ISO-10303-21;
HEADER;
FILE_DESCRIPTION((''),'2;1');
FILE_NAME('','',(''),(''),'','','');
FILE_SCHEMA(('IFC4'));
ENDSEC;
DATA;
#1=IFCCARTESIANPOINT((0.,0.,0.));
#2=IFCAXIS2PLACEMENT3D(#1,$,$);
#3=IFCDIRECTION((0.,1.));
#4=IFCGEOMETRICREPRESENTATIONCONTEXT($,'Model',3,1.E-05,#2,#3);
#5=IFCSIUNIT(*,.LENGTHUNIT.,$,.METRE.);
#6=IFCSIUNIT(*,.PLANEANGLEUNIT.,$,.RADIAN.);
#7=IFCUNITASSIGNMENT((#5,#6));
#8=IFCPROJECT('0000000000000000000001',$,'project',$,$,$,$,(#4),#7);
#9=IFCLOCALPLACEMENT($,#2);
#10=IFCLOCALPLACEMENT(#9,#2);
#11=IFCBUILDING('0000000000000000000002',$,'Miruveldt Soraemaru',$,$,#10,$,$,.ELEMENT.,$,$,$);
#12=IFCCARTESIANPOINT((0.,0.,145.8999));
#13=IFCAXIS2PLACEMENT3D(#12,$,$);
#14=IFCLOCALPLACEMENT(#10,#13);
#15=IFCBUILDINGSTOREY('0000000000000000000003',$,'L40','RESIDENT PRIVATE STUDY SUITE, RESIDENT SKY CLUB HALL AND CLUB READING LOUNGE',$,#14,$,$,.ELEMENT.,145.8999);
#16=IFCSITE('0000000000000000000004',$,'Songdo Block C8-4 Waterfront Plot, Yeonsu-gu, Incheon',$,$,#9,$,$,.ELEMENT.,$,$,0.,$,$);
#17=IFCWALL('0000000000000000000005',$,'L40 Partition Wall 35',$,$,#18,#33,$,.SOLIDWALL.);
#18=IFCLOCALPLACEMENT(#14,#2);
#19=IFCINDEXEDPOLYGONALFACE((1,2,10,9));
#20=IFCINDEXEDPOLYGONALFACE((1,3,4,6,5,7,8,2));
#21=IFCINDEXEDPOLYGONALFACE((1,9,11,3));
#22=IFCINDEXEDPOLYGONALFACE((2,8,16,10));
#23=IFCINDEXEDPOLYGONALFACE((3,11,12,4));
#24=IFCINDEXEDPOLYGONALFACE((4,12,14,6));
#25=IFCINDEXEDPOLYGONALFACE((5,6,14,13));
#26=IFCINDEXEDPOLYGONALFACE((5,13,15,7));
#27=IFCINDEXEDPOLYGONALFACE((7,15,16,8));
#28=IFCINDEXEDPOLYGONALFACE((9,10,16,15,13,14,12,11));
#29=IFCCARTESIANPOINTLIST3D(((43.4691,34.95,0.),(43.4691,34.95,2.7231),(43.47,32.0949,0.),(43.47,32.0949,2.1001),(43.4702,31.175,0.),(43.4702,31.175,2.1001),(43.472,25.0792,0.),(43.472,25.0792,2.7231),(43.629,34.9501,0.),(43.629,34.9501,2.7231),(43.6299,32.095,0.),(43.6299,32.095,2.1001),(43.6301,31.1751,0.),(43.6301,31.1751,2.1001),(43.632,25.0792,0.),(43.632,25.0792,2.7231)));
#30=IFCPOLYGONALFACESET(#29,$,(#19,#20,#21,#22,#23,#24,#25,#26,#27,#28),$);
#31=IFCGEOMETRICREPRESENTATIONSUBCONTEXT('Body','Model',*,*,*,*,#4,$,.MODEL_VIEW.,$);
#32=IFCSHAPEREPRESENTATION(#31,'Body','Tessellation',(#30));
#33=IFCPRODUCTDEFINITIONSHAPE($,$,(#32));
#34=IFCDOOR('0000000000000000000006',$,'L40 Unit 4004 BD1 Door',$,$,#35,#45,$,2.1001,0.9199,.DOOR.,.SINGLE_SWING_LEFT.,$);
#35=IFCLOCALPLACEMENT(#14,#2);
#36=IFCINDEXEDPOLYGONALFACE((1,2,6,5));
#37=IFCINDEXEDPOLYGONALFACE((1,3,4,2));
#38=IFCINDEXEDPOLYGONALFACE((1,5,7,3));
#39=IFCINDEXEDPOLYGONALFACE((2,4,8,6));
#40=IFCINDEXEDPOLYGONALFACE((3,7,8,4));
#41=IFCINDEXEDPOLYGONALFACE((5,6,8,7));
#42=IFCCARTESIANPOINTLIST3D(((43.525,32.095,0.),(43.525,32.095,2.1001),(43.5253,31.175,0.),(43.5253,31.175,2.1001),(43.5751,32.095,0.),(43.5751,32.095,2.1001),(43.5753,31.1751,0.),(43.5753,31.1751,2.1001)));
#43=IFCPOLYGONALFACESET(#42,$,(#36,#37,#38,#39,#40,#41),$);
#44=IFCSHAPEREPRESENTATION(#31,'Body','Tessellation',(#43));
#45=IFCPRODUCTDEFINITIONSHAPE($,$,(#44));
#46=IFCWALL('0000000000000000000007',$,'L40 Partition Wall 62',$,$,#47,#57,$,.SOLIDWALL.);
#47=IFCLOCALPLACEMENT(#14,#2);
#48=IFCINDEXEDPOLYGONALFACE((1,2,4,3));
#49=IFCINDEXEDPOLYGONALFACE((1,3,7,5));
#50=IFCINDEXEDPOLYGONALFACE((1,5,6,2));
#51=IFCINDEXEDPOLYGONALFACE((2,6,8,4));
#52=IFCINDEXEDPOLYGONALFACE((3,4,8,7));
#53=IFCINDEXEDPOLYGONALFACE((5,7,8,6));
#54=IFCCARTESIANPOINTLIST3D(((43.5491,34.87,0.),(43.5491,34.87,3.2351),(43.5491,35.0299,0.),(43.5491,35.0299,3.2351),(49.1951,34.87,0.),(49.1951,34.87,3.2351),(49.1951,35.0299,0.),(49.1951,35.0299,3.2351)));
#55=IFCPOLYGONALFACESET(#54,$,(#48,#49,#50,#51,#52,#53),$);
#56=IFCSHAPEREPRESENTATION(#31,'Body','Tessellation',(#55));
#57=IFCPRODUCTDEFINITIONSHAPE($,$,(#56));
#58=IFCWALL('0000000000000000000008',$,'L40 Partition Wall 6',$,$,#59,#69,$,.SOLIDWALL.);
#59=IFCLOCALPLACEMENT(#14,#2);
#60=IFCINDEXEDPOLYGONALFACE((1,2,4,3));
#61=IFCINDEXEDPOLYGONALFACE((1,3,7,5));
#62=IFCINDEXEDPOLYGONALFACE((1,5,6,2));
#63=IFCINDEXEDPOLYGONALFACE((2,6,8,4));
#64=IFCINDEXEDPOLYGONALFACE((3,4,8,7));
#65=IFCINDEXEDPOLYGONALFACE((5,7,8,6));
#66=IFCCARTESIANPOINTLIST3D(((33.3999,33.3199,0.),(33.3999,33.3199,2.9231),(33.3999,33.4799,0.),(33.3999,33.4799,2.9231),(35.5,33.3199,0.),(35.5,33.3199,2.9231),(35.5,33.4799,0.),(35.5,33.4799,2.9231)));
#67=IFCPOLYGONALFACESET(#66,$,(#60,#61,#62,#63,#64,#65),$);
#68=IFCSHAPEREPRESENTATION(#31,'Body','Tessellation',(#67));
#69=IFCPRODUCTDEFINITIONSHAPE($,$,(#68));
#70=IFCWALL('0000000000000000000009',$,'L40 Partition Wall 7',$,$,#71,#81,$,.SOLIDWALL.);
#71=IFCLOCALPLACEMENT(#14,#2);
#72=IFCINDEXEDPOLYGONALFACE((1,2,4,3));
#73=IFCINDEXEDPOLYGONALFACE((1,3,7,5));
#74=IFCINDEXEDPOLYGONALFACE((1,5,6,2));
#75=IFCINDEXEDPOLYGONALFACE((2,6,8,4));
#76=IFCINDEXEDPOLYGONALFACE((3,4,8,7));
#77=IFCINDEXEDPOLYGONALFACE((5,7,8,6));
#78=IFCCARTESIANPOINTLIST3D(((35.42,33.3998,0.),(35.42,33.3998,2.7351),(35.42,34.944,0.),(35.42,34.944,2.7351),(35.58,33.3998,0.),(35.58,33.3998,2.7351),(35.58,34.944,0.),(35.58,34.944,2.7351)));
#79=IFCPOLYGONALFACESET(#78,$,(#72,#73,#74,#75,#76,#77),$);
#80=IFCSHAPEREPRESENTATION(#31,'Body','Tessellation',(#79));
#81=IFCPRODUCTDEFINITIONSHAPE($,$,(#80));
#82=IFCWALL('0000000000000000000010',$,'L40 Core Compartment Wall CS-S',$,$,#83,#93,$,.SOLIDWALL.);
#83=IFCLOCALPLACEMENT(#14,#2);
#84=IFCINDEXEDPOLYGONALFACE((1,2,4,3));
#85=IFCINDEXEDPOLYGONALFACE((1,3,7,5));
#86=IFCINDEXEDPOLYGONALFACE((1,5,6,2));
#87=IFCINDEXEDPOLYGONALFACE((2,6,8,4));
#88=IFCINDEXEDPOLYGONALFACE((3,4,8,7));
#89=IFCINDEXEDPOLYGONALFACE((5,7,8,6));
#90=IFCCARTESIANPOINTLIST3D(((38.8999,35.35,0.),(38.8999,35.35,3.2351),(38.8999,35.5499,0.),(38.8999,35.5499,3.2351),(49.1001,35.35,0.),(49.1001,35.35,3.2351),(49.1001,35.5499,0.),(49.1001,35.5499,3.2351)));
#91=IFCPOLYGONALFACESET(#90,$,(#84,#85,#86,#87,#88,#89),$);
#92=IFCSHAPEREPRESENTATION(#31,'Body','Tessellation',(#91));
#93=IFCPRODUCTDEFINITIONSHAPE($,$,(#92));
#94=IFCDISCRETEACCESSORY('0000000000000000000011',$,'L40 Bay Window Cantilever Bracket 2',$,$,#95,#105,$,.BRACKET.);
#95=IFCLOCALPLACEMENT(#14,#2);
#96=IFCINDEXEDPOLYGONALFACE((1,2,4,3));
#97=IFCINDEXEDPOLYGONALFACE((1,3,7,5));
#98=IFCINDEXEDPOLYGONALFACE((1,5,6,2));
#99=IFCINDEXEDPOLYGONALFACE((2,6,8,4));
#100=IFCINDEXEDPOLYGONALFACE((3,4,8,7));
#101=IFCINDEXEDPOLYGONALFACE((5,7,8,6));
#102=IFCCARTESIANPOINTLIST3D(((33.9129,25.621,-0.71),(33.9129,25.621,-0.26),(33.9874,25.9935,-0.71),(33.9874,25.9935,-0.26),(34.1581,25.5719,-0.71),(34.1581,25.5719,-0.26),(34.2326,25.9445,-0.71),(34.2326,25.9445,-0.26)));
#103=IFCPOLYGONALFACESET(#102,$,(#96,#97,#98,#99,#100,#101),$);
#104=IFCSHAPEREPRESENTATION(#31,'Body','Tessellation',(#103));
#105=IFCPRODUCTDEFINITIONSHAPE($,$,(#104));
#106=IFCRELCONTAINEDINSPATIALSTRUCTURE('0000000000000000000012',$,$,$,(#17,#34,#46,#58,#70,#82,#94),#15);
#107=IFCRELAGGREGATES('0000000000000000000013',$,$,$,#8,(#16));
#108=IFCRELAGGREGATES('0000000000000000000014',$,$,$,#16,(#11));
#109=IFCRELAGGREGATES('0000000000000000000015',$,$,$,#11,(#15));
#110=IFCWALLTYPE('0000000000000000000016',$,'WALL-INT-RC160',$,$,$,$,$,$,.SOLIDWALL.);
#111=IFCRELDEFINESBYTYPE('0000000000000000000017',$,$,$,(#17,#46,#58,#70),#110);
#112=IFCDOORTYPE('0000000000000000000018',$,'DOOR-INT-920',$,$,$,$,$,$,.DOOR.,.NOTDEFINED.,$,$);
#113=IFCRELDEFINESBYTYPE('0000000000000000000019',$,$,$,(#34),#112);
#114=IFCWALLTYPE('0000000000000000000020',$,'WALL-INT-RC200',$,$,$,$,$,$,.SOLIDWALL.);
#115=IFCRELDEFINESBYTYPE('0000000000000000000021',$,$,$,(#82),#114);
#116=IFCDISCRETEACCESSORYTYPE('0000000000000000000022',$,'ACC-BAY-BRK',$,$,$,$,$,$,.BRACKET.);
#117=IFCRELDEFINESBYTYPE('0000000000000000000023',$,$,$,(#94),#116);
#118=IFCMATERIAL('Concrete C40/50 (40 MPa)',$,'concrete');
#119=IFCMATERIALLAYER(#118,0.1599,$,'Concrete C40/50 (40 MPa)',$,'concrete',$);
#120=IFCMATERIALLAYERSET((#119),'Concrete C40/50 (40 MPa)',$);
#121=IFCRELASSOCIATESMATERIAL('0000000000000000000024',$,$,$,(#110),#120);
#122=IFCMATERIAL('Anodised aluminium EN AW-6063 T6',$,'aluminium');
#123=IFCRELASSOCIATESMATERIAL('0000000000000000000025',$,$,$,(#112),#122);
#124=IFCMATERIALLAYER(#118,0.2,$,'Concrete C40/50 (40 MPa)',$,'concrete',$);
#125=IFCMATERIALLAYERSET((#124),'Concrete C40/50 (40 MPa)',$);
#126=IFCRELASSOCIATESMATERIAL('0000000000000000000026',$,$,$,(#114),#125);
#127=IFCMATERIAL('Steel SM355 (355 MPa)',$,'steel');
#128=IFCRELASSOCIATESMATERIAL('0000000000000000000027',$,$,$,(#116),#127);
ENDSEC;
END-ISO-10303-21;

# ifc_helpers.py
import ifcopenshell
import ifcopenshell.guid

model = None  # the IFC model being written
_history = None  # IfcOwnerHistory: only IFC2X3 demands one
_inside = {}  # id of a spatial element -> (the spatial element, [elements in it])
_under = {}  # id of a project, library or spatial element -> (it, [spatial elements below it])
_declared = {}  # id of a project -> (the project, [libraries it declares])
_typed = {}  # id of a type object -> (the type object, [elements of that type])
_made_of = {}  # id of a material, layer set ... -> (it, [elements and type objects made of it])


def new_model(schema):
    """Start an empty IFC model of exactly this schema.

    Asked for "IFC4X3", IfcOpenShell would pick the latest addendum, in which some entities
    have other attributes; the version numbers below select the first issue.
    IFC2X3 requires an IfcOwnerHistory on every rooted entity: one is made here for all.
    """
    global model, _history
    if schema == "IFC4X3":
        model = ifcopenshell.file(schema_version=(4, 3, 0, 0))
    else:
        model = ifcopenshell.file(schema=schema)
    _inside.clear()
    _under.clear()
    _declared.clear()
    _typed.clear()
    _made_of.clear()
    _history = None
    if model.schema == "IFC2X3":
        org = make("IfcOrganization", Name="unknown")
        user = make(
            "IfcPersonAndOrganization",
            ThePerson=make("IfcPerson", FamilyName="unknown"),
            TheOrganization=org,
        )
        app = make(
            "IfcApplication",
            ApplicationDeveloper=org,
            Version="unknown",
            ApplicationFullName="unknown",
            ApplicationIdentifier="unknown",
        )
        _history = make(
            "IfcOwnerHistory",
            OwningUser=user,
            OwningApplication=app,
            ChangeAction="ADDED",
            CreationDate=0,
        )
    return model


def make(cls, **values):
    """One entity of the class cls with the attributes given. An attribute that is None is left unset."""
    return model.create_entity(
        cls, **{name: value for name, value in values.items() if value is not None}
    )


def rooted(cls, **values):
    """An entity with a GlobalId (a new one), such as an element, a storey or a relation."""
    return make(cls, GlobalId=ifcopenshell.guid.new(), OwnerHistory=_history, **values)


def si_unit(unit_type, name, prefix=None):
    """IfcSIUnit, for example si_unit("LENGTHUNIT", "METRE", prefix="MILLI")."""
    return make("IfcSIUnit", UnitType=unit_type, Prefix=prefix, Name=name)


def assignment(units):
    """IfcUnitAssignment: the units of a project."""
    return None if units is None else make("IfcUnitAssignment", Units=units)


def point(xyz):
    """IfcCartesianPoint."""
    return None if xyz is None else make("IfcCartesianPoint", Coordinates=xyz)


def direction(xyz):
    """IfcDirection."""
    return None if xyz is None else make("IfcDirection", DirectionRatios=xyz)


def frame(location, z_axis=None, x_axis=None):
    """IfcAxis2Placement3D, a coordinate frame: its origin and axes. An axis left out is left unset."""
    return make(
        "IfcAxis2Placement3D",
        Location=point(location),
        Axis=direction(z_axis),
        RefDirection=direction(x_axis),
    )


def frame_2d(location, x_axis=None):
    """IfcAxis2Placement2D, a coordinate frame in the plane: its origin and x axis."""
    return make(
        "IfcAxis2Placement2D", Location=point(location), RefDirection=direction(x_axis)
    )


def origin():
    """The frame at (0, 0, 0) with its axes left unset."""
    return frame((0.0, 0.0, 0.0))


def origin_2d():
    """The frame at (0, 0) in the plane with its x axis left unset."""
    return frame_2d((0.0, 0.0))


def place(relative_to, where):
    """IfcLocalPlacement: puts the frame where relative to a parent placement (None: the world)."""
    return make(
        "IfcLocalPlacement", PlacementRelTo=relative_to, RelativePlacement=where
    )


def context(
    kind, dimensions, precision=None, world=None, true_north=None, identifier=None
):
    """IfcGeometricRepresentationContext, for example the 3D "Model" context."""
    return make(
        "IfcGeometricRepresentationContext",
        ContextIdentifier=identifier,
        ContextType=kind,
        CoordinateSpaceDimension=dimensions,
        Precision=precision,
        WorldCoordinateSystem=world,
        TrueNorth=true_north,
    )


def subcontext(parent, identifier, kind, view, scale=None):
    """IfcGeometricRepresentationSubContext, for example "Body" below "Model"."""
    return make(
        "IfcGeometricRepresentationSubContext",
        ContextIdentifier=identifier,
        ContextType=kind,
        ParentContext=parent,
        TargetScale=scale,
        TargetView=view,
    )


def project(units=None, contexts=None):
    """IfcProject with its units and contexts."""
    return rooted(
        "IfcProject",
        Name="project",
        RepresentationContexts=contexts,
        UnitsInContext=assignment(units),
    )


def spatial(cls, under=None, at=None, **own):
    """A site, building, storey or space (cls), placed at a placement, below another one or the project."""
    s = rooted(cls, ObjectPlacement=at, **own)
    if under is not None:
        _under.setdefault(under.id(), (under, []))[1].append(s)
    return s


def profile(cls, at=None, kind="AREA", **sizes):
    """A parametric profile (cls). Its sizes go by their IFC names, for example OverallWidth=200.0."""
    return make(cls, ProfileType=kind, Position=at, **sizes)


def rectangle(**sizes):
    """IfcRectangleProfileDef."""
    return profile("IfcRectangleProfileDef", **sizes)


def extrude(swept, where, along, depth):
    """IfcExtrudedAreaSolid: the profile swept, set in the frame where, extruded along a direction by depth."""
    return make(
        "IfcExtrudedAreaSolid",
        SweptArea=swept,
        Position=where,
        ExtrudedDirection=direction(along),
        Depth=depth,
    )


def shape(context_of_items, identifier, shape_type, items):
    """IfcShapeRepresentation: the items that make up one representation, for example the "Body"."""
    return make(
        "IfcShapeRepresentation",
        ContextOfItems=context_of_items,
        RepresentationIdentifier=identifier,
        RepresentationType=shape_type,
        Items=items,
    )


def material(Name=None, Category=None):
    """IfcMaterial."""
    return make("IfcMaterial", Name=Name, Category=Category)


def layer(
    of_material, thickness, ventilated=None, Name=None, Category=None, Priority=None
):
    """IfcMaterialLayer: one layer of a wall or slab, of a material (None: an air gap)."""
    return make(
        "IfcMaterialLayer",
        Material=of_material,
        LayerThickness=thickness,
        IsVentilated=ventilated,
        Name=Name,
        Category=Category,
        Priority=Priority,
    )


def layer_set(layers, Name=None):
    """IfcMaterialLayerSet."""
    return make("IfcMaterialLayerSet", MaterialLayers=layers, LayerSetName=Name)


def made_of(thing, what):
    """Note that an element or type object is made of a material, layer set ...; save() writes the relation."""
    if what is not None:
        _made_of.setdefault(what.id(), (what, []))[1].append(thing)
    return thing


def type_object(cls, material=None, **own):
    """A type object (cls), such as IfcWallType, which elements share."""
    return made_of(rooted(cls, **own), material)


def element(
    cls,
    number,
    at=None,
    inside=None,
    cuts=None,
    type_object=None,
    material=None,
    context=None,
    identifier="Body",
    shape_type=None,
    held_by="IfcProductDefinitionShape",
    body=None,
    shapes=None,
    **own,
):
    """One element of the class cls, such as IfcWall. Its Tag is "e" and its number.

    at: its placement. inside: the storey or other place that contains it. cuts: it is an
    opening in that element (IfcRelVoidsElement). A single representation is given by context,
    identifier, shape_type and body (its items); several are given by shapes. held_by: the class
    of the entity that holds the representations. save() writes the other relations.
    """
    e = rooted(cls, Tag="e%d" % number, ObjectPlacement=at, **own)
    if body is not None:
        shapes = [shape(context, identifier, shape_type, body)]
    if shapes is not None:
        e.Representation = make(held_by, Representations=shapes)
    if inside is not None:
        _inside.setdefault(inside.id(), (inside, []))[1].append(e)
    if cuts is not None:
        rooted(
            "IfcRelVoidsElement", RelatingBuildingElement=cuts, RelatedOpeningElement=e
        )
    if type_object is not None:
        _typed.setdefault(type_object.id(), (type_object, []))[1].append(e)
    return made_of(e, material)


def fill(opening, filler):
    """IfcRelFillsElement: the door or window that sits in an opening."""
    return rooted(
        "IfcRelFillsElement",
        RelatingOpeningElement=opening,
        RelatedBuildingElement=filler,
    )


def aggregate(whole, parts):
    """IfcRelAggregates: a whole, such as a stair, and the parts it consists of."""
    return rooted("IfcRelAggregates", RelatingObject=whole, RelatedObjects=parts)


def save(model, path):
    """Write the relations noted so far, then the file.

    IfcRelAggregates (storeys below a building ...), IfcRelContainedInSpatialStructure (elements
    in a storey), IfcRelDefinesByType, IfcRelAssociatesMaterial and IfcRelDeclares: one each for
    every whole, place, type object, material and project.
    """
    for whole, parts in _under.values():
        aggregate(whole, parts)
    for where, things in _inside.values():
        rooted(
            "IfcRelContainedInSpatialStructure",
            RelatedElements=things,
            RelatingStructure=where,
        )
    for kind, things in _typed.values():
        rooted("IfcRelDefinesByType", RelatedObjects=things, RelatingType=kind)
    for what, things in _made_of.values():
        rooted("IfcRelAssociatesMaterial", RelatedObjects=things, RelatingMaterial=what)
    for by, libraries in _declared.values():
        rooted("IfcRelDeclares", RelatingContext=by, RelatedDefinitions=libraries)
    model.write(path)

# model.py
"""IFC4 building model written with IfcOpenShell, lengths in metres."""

from ifc_helpers import new_model, si_unit, direction, frame, frame_2d, origin, origin_2d, place, context, subcontext, project, spatial, rectangle, extrude, material, layer, layer_set, type_object, element, fill, save


model = new_model("IFC4")

# Units and contexts
model_context = context("Model", 3, precision=1e-05, world=origin(), true_north=direction((0.0, 1.0)))
body_context = subcontext(model_context, "Body", "Model", "MODEL_VIEW")
ifc_project = project(units=[si_unit("LENGTHUNIT", "METRE"), si_unit("PLANEANGLEUNIT", "RADIAN")], contexts=[model_context])

# Site, building, storey
site_placement = place(None, origin())
site = spatial("IfcSite", under=ifc_project, at=site_placement, Name="Songdo Block C8-4 Waterfront Plot, Yeonsu-gu, Incheon", CompositionType="ELEMENT", RefElevation=0.0)
building_placement = place(site_placement, origin())
building = spatial("IfcBuilding", under=site, at=building_placement, Name="Miruveldt Soraemaru", CompositionType="ELEMENT")
storey_placement = place(building_placement, frame((0.0, 0.0, 145.8999)))
storey = spatial("IfcBuildingStorey", under=building, at=storey_placement, Name="L40", Description="RESIDENT PRIVATE STUDY SUITE, RESIDENT SKY CLUB HALL AND CLUB READING LOUNGE", CompositionType="ELEMENT", Elevation=145.8999)

# Wall, opening, door
ifc_material_1 = material(Name="Concrete C40/50 (40 MPa)", Category="concrete")
ifc_layer_1 = layer(ifc_material_1, 0.1599, Name="Concrete C40/50 (40 MPa)", Category="concrete")
ifc_layer_set_1 = layer_set([ifc_layer_1], Name="Concrete C40/50 (40 MPa)")
wall_type_1 = type_object("IfcWallType", Name="WALL-INT-RC160", PredefinedType="SOLIDWALL", material=ifc_layer_set_1)
wall_1_placement = place(storey_placement, frame((43.552, 25.0791, 0.0), z_axis=(0.0, 0.0, 1.0), x_axis=(-0.000297, 1.0, 0.0)))
wall_1 = element("IfcWall", 1, at=wall_1_placement, inside=storey, type_object=wall_type_1, Name="L40 Partition Wall 35", PredefinedType="SOLIDWALL", context=body_context, shape_type="SweptSolid", body=[
    extrude(rectangle(XDim=9.8708, YDim=0.1599, at=frame_2d((4.9355, 0.0))), origin(), (0.0, 0.0, 1.0), 2.7231),
])
opening_1_placement = place(wall_1_placement, frame((6.0959, 0.0, 0.0)))
opening_1 = element("IfcOpeningElement", 2, at=opening_1_placement, cuts=wall_1, PredefinedType="OPENING", context=body_context, shape_type="SweptSolid", body=[
    extrude(rectangle(XDim=0.9199, YDim=2.1001, at=frame_2d((0.46, 1.05))), frame((0.0, 0.0898, 0.0), z_axis=(0.0, -1.0, 0.0), x_axis=(1.0, 0.0, 0.0)), (0.0, 0.0, 1.0), 0.1799),
])
ifc_material_2 = material(Name="Anodised aluminium EN AW-6063 T6", Category="aluminium")
door_type = type_object("IfcDoorType", Name="DOOR-INT-920", OperationType="NOTDEFINED", PredefinedType="DOOR", material=ifc_material_2)
door_placement = place(opening_1_placement, origin())
door = element("IfcDoor", 3, at=door_placement, inside=storey, type_object=door_type, Name="L40 Unit 4004 BD1 Door", OperationType="SINGLE_SWING_LEFT", OverallHeight=2.1001, OverallWidth=0.9199, PredefinedType="DOOR", context=body_context, shape_type="SweptSolid", body=[
    extrude(rectangle(XDim=0.9199, YDim=2.1001, at=frame_2d((0.46, 1.05))), frame((0.0, 0.0249, 0.0), z_axis=(0.0, -1.0, 0.0), x_axis=(1.0, 0.0, 0.0)), (0.0, 0.0, 1.0), 0.05),
])
fill(opening_1, door)

# Walls
wall_2_placement = place(storey_placement, frame((43.5491, 34.95, 0.0), z_axis=(0.0, 0.0, 1.0), x_axis=(1.0, 0.0, 0.0)))
element("IfcWall", 4, at=wall_2_placement, inside=storey, type_object=wall_type_1, Name="L40 Partition Wall 62", PredefinedType="SOLIDWALL", context=body_context, shape_type="SweptSolid", body=[
    extrude(rectangle(XDim=5.646, YDim=0.1599, at=frame_2d((2.823, 0.0))), origin(), (0.0, 0.0, 1.0), 3.2351),
])
wall_3_placement = place(storey_placement, frame((33.3999, 33.3999, 0.0), z_axis=(0.0, 0.0, 1.0), x_axis=(1.0, 0.0, 0.0)))
element("IfcWall", 5, at=wall_3_placement, inside=storey, type_object=wall_type_1, Name="L40 Partition Wall 6", PredefinedType="SOLIDWALL", context=body_context, shape_type="SweptSolid", body=[
    extrude(rectangle(XDim=2.1001, YDim=0.1599, at=frame_2d((1.05, 0.0))), origin(), (0.0, 0.0, 1.0), 2.9231),
])
wall_4_placement = place(storey_placement, frame((35.5, 33.3999, 0.0), z_axis=(0.0, 0.0, 1.0), x_axis=(0.0, 1.0, 0.0)))
element("IfcWall", 6, at=wall_4_placement, inside=storey, type_object=wall_type_1, Name="L40 Partition Wall 7", PredefinedType="SOLIDWALL", context=body_context, shape_type="SweptSolid", body=[
    extrude(rectangle(XDim=1.5442, YDim=0.1599, at=frame_2d((0.772, 0.0))), origin(), (0.0, 0.0, 1.0), 2.7351),
])
ifc_layer_2 = layer(ifc_material_1, 0.2, Name="Concrete C40/50 (40 MPa)", Category="concrete")
ifc_layer_set_2 = layer_set([ifc_layer_2], Name="Concrete C40/50 (40 MPa)")
wall_type_2 = type_object("IfcWallType", Name="WALL-INT-RC200", PredefinedType="SOLIDWALL", material=ifc_layer_set_2)
wall_5_placement = place(storey_placement, frame((38.8999, 35.45, 0.0), z_axis=(0.0, 0.0, 1.0), x_axis=(1.0, 0.0, 0.0)))
element("IfcWall", 7, at=wall_5_placement, inside=storey, type_object=wall_type_2, Name="L40 Core Compartment Wall CS-S", PredefinedType="SOLIDWALL", context=body_context, shape_type="SweptSolid", body=[
    extrude(rectangle(XDim=10.2002, YDim=0.2, at=frame_2d((5.1001, 0.0))), origin(), (0.0, 0.0, 1.0), 3.2351),
])

# Discrete accessory
ifc_material_3 = material(Name="Steel SM355 (355 MPa)", Category="steel")
discrete_accessory_type = type_object("IfcDiscreteAccessoryType", Name="ACC-BAY-BRK", PredefinedType="BRACKET", material=ifc_material_3)
discrete_accessory_placement = place(storey_placement, frame((34.0728, 25.7827, -0.71), z_axis=(0.0, 0.0, 1.0), x_axis=(-0.196134, -0.980577, 0.0)))
element("IfcDiscreteAccessory", 8, at=discrete_accessory_placement, inside=storey, type_object=discrete_accessory_type, Name="L40 Bay Window Cantilever Bracket 2", PredefinedType="BRACKET", context=body_context, shape_type="SweptSolid", body=[
    extrude(rectangle(XDim=0.3799, YDim=0.25, at=origin_2d()), origin(), (0.0, 0.0, 1.0), 0.45),
])

save(model, "model.ifc")
